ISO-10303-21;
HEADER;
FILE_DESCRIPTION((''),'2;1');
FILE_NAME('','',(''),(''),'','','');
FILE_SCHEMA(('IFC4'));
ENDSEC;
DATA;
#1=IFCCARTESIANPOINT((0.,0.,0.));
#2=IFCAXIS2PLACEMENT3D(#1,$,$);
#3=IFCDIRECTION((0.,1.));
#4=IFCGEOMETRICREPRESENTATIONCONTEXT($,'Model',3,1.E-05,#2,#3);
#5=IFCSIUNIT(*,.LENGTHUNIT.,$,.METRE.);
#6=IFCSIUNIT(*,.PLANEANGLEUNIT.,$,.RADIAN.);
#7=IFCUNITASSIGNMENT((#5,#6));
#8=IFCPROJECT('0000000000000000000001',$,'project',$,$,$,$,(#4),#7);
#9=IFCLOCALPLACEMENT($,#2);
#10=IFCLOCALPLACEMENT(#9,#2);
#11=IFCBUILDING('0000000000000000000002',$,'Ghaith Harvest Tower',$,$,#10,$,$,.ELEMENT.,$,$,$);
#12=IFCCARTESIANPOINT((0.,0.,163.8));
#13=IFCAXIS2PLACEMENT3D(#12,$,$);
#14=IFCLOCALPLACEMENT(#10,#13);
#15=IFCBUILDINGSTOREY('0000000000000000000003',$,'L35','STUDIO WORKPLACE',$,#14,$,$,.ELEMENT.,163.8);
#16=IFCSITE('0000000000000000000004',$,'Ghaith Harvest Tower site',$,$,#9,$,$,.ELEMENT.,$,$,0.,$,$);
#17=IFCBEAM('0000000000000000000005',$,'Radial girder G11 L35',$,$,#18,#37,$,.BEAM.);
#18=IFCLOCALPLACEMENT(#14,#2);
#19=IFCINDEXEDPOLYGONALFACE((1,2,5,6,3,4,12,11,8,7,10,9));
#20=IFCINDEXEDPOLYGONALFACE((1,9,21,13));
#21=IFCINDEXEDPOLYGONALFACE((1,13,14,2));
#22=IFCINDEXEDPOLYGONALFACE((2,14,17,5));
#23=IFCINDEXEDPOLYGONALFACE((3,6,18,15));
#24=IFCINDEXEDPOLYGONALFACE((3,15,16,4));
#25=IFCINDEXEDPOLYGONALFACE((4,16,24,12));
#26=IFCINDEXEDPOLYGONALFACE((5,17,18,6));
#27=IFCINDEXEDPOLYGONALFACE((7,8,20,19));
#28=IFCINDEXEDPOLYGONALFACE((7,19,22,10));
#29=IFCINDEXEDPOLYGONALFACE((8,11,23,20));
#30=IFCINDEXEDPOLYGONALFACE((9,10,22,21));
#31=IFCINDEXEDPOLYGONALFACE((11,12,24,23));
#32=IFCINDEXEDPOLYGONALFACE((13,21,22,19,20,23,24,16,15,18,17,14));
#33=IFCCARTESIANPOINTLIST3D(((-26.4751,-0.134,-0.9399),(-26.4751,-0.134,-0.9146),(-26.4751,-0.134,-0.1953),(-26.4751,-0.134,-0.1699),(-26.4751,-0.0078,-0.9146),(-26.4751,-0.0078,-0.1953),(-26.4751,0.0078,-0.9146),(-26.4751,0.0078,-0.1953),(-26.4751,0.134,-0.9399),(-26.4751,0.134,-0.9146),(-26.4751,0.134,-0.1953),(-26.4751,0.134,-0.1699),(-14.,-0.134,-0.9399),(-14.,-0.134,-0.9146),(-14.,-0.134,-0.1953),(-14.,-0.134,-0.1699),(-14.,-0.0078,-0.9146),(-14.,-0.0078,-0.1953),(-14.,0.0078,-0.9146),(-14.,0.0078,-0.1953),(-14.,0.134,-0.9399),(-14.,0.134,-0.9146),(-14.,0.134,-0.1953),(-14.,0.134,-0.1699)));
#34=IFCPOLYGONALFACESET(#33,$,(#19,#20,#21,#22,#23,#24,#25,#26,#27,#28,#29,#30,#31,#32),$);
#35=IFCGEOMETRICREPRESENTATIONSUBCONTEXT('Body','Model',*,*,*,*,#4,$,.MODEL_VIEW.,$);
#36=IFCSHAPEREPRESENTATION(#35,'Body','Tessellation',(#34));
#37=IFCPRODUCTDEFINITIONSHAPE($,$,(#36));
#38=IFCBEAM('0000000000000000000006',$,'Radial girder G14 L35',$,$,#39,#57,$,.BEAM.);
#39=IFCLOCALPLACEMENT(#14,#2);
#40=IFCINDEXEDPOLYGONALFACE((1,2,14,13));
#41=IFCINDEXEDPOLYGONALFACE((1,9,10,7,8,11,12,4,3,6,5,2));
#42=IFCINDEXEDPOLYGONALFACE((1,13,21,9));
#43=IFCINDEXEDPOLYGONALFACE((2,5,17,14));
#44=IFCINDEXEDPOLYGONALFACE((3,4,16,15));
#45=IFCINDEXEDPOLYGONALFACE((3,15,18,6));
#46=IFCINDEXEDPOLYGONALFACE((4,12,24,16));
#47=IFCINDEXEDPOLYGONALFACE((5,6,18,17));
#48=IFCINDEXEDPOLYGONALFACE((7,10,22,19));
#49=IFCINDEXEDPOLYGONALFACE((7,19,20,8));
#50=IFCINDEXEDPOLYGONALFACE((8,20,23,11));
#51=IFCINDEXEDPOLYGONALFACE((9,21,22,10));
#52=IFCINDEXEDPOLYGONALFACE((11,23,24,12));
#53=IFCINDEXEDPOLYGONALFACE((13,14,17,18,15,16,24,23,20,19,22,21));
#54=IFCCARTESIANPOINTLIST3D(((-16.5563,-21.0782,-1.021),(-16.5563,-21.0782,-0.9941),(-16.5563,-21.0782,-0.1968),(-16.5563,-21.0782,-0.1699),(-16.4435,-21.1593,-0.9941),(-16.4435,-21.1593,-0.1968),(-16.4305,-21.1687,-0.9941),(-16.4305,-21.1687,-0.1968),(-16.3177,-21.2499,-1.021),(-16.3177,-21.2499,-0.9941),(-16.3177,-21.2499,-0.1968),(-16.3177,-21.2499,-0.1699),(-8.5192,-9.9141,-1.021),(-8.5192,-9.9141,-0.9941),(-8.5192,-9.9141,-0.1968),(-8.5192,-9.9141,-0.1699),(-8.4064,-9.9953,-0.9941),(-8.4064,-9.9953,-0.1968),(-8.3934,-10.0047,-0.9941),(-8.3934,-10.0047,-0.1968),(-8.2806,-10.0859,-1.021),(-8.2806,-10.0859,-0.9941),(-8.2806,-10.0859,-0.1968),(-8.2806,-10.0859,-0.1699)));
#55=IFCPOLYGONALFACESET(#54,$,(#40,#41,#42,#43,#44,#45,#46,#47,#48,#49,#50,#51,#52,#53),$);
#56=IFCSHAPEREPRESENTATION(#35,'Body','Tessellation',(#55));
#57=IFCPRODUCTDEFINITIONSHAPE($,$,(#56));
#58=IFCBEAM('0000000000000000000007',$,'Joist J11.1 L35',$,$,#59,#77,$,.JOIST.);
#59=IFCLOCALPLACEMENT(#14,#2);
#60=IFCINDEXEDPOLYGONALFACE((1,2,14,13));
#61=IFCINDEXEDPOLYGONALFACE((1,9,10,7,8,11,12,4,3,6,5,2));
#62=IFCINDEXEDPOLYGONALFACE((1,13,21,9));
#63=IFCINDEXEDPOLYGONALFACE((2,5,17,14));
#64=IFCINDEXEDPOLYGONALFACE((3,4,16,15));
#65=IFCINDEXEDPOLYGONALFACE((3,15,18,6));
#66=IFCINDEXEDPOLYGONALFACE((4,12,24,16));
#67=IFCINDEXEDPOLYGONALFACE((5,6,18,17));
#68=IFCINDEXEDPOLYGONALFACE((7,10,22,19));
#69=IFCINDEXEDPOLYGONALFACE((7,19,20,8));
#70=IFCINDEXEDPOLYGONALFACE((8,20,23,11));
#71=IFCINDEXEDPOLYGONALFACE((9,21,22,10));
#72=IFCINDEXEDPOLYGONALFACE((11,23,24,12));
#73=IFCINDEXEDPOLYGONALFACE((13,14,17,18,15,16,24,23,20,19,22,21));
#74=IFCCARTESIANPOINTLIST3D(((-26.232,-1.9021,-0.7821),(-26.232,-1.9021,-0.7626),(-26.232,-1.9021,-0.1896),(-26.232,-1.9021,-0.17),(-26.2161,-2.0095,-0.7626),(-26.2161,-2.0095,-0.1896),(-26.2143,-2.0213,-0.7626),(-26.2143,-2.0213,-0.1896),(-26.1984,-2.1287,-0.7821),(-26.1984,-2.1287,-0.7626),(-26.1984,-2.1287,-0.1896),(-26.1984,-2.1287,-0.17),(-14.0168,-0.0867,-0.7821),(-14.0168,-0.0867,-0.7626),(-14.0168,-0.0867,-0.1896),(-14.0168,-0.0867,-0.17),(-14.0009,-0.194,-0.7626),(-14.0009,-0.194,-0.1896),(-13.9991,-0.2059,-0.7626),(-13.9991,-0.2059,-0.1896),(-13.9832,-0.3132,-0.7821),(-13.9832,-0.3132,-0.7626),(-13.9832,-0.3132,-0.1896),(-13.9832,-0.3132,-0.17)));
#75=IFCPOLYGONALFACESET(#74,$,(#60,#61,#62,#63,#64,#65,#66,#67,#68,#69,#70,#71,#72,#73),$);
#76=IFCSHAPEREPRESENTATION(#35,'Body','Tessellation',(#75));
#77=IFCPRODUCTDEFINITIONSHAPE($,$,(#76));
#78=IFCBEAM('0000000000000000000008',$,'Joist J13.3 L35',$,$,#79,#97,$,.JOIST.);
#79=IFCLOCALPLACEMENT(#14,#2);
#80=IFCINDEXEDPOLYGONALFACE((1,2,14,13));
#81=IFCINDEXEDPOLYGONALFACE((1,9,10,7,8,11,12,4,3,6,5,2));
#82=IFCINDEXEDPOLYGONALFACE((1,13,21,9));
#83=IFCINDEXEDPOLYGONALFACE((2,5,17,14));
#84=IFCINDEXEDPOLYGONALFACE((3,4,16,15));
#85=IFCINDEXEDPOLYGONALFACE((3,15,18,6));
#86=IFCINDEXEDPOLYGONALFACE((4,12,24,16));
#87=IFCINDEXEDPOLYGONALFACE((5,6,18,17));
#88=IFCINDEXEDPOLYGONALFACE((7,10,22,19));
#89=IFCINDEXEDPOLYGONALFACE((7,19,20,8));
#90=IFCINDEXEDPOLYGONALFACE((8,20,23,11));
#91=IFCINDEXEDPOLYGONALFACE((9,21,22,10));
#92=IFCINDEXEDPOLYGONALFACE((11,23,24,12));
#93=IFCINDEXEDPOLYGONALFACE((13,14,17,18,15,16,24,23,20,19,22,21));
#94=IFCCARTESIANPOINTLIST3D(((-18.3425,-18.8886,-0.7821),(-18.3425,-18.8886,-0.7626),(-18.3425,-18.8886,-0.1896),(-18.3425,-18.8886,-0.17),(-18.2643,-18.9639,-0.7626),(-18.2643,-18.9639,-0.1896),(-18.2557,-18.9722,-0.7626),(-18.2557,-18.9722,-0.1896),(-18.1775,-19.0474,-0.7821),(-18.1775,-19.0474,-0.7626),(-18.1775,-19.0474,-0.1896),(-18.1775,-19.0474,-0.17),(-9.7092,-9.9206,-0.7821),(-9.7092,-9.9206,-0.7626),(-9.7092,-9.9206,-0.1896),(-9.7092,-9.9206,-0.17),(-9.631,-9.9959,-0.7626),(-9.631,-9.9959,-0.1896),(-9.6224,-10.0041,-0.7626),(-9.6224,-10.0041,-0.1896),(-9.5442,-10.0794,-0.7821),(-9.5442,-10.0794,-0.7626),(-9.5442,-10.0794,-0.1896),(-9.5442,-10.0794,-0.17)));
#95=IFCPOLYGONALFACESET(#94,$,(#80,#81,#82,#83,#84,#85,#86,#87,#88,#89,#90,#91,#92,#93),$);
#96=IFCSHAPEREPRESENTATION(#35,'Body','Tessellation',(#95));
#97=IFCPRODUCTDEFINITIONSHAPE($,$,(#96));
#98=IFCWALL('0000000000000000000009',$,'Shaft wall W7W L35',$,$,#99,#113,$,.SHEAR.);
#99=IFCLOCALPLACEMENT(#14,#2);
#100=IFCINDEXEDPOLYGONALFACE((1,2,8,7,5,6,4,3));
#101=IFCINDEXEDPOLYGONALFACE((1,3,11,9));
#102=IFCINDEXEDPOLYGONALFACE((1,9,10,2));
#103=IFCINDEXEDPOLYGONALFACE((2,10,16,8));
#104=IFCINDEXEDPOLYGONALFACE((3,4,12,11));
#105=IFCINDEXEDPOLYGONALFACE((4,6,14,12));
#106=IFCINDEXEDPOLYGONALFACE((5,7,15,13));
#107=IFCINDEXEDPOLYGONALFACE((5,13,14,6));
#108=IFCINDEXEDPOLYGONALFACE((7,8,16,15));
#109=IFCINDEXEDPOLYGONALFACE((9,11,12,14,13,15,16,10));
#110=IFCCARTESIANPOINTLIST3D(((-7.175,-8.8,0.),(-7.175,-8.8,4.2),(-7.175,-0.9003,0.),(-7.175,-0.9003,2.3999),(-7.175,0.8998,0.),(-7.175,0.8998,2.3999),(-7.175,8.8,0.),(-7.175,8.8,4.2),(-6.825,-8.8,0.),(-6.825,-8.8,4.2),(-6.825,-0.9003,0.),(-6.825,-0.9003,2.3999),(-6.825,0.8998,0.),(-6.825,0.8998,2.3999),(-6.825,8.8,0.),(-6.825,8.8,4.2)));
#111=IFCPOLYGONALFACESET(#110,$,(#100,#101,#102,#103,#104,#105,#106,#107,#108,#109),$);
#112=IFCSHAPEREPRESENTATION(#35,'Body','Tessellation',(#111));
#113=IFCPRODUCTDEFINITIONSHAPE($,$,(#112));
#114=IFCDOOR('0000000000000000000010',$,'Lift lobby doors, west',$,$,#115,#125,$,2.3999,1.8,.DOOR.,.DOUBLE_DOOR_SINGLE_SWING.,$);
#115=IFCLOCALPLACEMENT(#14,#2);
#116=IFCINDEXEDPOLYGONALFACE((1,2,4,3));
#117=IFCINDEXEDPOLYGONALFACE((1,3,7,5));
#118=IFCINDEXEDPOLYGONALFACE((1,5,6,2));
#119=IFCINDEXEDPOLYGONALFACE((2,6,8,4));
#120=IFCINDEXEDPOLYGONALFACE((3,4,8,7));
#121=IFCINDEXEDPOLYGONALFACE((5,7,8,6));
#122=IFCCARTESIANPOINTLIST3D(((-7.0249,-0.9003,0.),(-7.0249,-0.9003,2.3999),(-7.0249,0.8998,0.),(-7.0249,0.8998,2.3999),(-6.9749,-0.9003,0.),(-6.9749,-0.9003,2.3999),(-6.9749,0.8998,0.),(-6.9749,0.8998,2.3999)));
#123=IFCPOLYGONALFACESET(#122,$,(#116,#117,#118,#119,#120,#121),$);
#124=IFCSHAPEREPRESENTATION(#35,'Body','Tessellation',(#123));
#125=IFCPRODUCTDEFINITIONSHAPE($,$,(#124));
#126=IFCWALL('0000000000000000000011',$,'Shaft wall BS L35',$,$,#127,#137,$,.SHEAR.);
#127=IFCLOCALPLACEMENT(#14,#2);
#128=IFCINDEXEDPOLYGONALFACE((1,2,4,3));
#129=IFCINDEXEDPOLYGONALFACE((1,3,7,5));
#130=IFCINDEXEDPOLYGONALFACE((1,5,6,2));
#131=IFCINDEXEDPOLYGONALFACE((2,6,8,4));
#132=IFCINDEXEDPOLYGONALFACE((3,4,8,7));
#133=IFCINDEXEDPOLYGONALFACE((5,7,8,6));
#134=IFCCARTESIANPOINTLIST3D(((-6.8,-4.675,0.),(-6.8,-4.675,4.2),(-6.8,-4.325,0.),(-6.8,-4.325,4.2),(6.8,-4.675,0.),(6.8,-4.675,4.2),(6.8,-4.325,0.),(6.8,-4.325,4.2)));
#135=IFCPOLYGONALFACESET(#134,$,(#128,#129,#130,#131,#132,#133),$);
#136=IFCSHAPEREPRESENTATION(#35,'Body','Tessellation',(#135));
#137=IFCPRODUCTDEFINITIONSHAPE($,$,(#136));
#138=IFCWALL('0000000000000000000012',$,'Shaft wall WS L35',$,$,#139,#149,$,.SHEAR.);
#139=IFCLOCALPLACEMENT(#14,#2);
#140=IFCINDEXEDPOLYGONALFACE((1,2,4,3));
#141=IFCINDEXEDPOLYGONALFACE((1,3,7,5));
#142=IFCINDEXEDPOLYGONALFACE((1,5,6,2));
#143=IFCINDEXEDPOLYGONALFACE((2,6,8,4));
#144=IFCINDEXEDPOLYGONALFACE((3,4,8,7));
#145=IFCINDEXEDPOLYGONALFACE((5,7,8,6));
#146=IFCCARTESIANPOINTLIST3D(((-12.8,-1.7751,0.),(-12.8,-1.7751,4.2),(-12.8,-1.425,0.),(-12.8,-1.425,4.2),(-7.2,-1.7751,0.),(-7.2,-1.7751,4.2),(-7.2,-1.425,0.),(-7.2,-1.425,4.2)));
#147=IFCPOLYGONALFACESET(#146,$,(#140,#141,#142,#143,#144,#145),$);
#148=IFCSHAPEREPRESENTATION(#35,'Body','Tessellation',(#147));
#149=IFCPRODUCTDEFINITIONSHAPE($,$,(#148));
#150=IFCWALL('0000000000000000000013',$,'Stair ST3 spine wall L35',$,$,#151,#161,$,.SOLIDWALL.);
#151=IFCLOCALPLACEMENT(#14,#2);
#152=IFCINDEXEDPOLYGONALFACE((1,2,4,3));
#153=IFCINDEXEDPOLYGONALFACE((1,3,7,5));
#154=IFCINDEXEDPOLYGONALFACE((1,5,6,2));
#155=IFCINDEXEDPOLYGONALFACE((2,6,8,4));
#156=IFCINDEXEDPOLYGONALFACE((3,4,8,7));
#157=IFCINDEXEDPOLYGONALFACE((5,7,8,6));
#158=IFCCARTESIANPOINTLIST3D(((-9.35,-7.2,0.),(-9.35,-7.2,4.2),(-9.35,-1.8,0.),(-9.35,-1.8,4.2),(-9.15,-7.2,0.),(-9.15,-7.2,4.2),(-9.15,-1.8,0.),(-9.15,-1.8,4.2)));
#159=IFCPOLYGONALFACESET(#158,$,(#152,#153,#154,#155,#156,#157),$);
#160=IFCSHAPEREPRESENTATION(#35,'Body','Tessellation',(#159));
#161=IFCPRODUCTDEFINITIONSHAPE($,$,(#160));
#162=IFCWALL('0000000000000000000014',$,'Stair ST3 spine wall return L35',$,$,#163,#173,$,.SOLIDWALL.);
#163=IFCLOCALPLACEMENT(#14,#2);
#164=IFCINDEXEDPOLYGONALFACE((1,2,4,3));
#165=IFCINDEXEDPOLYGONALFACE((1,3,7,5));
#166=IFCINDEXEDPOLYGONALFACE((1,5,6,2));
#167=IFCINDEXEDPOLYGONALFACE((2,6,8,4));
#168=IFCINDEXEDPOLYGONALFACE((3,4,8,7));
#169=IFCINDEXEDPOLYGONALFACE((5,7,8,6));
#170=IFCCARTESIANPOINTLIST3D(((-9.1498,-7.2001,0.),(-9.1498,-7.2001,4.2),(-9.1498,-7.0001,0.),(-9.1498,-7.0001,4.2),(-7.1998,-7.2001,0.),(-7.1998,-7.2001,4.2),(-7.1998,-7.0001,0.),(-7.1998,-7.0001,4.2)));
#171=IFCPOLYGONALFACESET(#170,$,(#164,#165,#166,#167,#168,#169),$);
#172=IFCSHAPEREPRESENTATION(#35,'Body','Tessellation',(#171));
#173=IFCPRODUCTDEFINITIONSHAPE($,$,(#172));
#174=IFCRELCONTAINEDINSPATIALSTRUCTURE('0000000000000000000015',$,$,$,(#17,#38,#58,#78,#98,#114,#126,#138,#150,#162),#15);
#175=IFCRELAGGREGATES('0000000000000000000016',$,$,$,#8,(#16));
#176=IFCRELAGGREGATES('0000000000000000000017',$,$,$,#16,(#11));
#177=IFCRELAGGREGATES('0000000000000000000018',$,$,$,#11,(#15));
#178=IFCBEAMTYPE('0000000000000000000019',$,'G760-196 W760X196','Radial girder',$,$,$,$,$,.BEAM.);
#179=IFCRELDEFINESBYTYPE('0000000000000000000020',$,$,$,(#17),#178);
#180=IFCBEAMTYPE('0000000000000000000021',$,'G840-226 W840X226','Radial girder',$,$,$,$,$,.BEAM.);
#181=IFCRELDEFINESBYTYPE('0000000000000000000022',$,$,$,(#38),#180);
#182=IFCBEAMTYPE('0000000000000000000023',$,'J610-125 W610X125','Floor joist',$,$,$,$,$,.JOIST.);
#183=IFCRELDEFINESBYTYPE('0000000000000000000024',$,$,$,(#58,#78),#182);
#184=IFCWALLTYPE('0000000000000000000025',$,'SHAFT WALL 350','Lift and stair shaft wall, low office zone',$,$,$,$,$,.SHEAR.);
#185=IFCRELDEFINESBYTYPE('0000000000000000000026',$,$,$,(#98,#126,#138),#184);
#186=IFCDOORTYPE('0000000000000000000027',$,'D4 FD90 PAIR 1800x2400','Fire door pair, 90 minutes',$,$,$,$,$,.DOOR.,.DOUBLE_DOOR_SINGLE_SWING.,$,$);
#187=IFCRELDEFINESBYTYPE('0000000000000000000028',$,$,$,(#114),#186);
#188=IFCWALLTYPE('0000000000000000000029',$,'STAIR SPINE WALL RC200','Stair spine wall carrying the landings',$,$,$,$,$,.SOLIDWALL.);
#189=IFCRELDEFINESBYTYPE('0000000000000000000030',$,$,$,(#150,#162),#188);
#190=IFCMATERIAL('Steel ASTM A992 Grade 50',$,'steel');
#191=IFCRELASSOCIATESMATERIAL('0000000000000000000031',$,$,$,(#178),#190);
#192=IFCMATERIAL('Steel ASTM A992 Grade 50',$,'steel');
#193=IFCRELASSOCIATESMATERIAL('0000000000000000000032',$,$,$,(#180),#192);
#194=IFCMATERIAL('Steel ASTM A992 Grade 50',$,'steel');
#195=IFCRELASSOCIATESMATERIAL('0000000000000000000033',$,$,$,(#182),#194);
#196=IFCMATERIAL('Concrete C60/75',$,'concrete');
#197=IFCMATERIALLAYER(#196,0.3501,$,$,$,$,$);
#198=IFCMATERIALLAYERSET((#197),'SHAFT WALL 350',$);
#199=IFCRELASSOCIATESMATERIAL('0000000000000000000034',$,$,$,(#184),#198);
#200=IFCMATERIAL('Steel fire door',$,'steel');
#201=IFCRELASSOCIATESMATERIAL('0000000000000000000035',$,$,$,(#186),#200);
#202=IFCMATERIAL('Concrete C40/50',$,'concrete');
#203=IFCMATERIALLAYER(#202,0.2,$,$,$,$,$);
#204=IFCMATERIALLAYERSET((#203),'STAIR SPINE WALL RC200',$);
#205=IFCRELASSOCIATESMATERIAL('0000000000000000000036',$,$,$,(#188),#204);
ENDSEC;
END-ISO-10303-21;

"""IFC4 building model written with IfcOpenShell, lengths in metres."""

from ifc_helpers import new_model, si_unit, direction, frame, frame_2d, origin, origin_2d, place, context, subcontext, project, spatial, rectangle, i_section, extrude, material, layer, layer_set, material_profile, profile_set, type_object, element, fill, save


model = new_model("IFC4")

# Units and contexts
model_context = context("Model", 3, precision=1e-05, world=origin(), true_north=direction((0.0, 1.0)))
body_context = subcontext(model_context, "Body", "Model", "MODEL_VIEW")
ifc_project = project(units=[si_unit("LENGTHUNIT", "METRE"), si_unit("PLANEANGLEUNIT", "RADIAN")], contexts=[model_context])

# Site, building, storey
site_placement = place(None, origin())
site = spatial("IfcSite", under=ifc_project, at=site_placement, Name="Ghaith Harvest Tower site", CompositionType="ELEMENT", RefElevation=0.0)
building_placement = place(site_placement, origin())
building = spatial("IfcBuilding", under=site, at=building_placement, Name="Ghaith Harvest Tower", CompositionType="ELEMENT")
storey_placement = place(building_placement, frame((0.0, 0.0, 163.8)))
storey = spatial("IfcBuildingStorey", under=building, at=storey_placement, Name="L35", Description="STUDIO WORKPLACE", CompositionType="ELEMENT", Elevation=163.8)

# Beams
ifc_material_1 = material(Name="Steel ASTM A992 Grade 50", Category="steel")
ifc_material_profile_1 = material_profile(ifc_material_1, i_section(OverallWidth=0.2681, OverallDepth=0.77, WebThickness=0.0156, FlangeThickness=0.0254, at=origin_2d()), Name="W760X196")
ifc_profile_set_1 = profile_set([ifc_material_profile_1], Name="Steel ASTM A992 Grade 50")
beam_type_1 = type_object("IfcBeamType", Name="G760-196 W760X196", Description="Radial girder", PredefinedType="BEAM", material=ifc_profile_set_1)
beam_1_placement = place(storey_placement, frame((-14.0, 0.0, -0.5549), z_axis=(-1.0, 0.0, 0.0), x_axis=(0.0, -1.0, 0.0)))
element("IfcBeam", 1, at=beam_1_placement, inside=storey, type_object=beam_type_1, Name="Radial girder G11 L35", PredefinedType="BEAM", context=body_context, shape_type="SweptSolid", body=[
    extrude(i_section(OverallWidth=0.2681, OverallDepth=0.77, WebThickness=0.0156, FlangeThickness=0.0254, at=origin_2d()), origin(), (0.0, 0.0, 1.0), 12.4751),
])
ifc_material_2 = material(Name="Steel ASTM A992 Grade 50", Category="steel")
ifc_material_profile_2 = material_profile(ifc_material_2, i_section(OverallWidth=0.2939, OverallDepth=0.8511, WebThickness=0.0161, FlangeThickness=0.0269, at=origin_2d()), Name="W840X226")
ifc_profile_set_2 = profile_set([ifc_material_profile_2], Name="Steel ASTM A992 Grade 50")
beam_type_2 = type_object("IfcBeamType", Name="G840-226 W840X226", Description="Radial girder", PredefinedType="BEAM", material=ifc_profile_set_2)
beam_2_placement = place(storey_placement, frame((-8.3999, -10.0, -0.5955), z_axis=(-0.584256, -0.811569, 0.0), x_axis=(0.811569, -0.584256, 0.0)))
element("IfcBeam", 2, at=beam_2_placement, inside=storey, type_object=beam_type_2, Name="Radial girder G14 L35", PredefinedType="BEAM", context=body_context, shape_type="SweptSolid", body=[
    extrude(i_section(OverallWidth=0.2939, OverallDepth=0.8511, WebThickness=0.0161, FlangeThickness=0.0269, at=origin_2d()), origin(), (0.0, 0.0, 1.0), 13.7561),
])
ifc_material_3 = material(Name="Steel ASTM A992 Grade 50", Category="steel")
ifc_material_profile_3 = material_profile(ifc_material_3, i_section(OverallWidth=0.229, OverallDepth=0.6121, WebThickness=0.012, FlangeThickness=0.0195, at=origin_2d()), Name="W610X125")
ifc_profile_set_3 = profile_set([ifc_material_profile_3], Name="Steel ASTM A992 Grade 50")
beam_type_3 = type_object("IfcBeamType", Name="J610-125 W610X125", Description="Floor joist", PredefinedType="JOIST", material=ifc_profile_set_3)
beam_3_placement = place(storey_placement, frame((-14.0, -0.2, -0.4761), z_axis=(-0.989135, -0.147007, 0.0), x_axis=(0.147007, -0.989135, 0.0)))
element("IfcBeam", 3, at=beam_3_placement, inside=storey, type_object=beam_type_3, Name="Joist J11.1 L35", PredefinedType="JOIST", context=body_context, shape_type="SweptSolid", body=[
    extrude(i_section(OverallWidth=0.229, OverallDepth=0.6121, WebThickness=0.012, FlangeThickness=0.0195, at=origin_2d()), origin(), (0.0, 0.0, 1.0), 12.3494),
])
beam_4_placement = place(storey_placement, frame((-9.6267, -10.0, -0.4761), z_axis=(-0.693535, -0.720423, 0.0), x_axis=(0.720423, -0.693535, 0.0)))
element("IfcBeam", 4, at=beam_4_placement, inside=storey, type_object=beam_type_3, Name="Joist J13.3 L35", PredefinedType="JOIST", context=body_context, shape_type="SweptSolid", body=[
    extrude(i_section(OverallWidth=0.229, OverallDepth=0.6121, WebThickness=0.012, FlangeThickness=0.0195, at=origin_2d()), origin(), (0.0, 0.0, 1.0), 12.4482),
])

# Wall, opening, door
ifc_material_4 = material(Name="Concrete C60/75", Category="concrete")
ifc_layer_1 = layer(ifc_material_4, 0.3501)
ifc_layer_set_1 = layer_set([ifc_layer_1], Name="SHAFT WALL 350")
wall_type_1 = type_object("IfcWallType", Name="SHAFT WALL 350", Description="Lift and stair shaft wall, low office zone", PredefinedType="SHEAR", material=ifc_layer_set_1)
wall_1_placement = place(storey_placement, frame((-7.0, -8.8, 0.0), z_axis=(0.0, 0.0, 1.0), x_axis=(0.0, 1.0, 0.0)))
wall_1 = element("IfcWall", 5, at=wall_1_placement, inside=storey, type_object=wall_type_1, Name="Shaft wall W7W L35", PredefinedType="SHEAR", context=body_context, shape_type="SweptSolid", body=[
    extrude(rectangle(XDim=17.6001, YDim=0.3501, at=frame_2d((8.8, 0.0))), origin(), (0.0, 0.0, 1.0), 4.2),
])
opening_1_placement = place(wall_1_placement, frame((7.8999, 0.0, 0.0)))
opening_1 = element("IfcOpeningElement", 6, at=opening_1_placement, cuts=wall_1, PredefinedType="OPENING", context=body_context, shape_type="SweptSolid", body=[
    extrude(rectangle(XDim=1.8, YDim=2.3999, at=frame_2d((0.8999, 1.2))), frame((0.0, 0.1851, 0.0), z_axis=(0.0, -1.0, 0.0), x_axis=(1.0, 0.0, 0.0)), (0.0, 0.0, 1.0), 0.3701),
])
ifc_material_5 = material(Name="Steel fire door", Category="steel")
door_type_1 = type_object("IfcDoorType", Name="D4 FD90 PAIR 1800x2400", Description="Fire door pair, 90 minutes", OperationType="DOUBLE_DOOR_SINGLE_SWING", PredefinedType="DOOR", material=ifc_material_5)
door_1_placement = place(opening_1_placement, origin())
door_1 = element("IfcDoor", 7, at=door_1_placement, inside=storey, type_object=door_type_1, Name="Lift lobby doors, west", OperationType="DOUBLE_DOOR_SINGLE_SWING", OverallHeight=2.3999, OverallWidth=1.8, PredefinedType="DOOR", context=body_context, shape_type="SweptSolid", body=[
    extrude(rectangle(XDim=1.8, YDim=2.3999, at=frame_2d((0.8999, 1.2))), frame((0.0, 0.0249, 0.0), z_axis=(0.0, -1.0, 0.0), x_axis=(1.0, 0.0, 0.0)), (0.0, 0.0, 1.0), 0.05),
])
fill(opening_1, door_1)

# Walls
wall_2_placement = place(storey_placement, frame((-6.8, -4.5, 0.0), z_axis=(0.0, 0.0, 1.0), x_axis=(1.0, 0.0, 0.0)))
element("IfcWall", 8, at=wall_2_placement, inside=storey, type_object=wall_type_1, Name="Shaft wall BS L35", PredefinedType="SHEAR", context=body_context, shape_type="SweptSolid", body=[
    extrude(rectangle(XDim=13.6001, YDim=0.3501, at=frame_2d((6.8, 0.0))), origin(), (0.0, 0.0, 1.0), 4.2),
])
wall_3_placement = place(storey_placement, frame((-12.8, -1.6001, 0.0), z_axis=(0.0, 0.0, 1.0), x_axis=(1.0, 0.0, 0.0)))
element("IfcWall", 9, at=wall_3_placement, inside=storey, type_object=wall_type_1, Name="Shaft wall WS L35", PredefinedType="SHEAR", context=body_context, shape_type="SweptSolid", body=[
    extrude(rectangle(XDim=5.6001, YDim=0.3501, at=frame_2d((2.8, 0.0))), origin(), (0.0, 0.0, 1.0), 4.2),
])
ifc_material_6 = material(Name="Concrete C40/50", Category="concrete")
ifc_layer_2 = layer(ifc_material_6, 0.2)
ifc_layer_set_2 = layer_set([ifc_layer_2], Name="STAIR SPINE WALL RC200")
wall_type_2 = type_object("IfcWallType", Name="STAIR SPINE WALL RC200", Description="Stair spine wall carrying the landings", PredefinedType="SOLIDWALL", material=ifc_layer_set_2)
wall_4_placement = place(storey_placement, frame((-9.25, -7.2, 0.0), z_axis=(0.0, 0.0, 1.0), x_axis=(0.0, 1.0, 0.0)))
element("IfcWall", 10, at=wall_4_placement, inside=storey, type_object=wall_type_2, Name="Stair ST3 spine wall L35", PredefinedType="SOLIDWALL", context=body_context, shape_type="SweptSolid", body=[
    extrude(rectangle(XDim=5.3999, YDim=0.2, at=frame_2d((2.7, 0.0))), origin(), (0.0, 0.0, 1.0), 4.2),
])
wall_5_placement = place(storey_placement, frame((-9.1499, -7.1001, 0.0), z_axis=(0.0, 0.0, 1.0), x_axis=(1.0, 0.0, 0.0)))
element("IfcWall", 11, at=wall_5_placement, inside=storey, type_object=wall_type_2, Name="Stair ST3 spine wall return L35", PredefinedType="SOLIDWALL", context=body_context, shape_type="SweptSolid", body=[
    extrude(rectangle(XDim=1.95, YDim=0.2, at=frame_2d((0.9751, 0.0))), origin(), (0.0, 0.0, 1.0), 4.2),
])

save(model, "model.ifc")
